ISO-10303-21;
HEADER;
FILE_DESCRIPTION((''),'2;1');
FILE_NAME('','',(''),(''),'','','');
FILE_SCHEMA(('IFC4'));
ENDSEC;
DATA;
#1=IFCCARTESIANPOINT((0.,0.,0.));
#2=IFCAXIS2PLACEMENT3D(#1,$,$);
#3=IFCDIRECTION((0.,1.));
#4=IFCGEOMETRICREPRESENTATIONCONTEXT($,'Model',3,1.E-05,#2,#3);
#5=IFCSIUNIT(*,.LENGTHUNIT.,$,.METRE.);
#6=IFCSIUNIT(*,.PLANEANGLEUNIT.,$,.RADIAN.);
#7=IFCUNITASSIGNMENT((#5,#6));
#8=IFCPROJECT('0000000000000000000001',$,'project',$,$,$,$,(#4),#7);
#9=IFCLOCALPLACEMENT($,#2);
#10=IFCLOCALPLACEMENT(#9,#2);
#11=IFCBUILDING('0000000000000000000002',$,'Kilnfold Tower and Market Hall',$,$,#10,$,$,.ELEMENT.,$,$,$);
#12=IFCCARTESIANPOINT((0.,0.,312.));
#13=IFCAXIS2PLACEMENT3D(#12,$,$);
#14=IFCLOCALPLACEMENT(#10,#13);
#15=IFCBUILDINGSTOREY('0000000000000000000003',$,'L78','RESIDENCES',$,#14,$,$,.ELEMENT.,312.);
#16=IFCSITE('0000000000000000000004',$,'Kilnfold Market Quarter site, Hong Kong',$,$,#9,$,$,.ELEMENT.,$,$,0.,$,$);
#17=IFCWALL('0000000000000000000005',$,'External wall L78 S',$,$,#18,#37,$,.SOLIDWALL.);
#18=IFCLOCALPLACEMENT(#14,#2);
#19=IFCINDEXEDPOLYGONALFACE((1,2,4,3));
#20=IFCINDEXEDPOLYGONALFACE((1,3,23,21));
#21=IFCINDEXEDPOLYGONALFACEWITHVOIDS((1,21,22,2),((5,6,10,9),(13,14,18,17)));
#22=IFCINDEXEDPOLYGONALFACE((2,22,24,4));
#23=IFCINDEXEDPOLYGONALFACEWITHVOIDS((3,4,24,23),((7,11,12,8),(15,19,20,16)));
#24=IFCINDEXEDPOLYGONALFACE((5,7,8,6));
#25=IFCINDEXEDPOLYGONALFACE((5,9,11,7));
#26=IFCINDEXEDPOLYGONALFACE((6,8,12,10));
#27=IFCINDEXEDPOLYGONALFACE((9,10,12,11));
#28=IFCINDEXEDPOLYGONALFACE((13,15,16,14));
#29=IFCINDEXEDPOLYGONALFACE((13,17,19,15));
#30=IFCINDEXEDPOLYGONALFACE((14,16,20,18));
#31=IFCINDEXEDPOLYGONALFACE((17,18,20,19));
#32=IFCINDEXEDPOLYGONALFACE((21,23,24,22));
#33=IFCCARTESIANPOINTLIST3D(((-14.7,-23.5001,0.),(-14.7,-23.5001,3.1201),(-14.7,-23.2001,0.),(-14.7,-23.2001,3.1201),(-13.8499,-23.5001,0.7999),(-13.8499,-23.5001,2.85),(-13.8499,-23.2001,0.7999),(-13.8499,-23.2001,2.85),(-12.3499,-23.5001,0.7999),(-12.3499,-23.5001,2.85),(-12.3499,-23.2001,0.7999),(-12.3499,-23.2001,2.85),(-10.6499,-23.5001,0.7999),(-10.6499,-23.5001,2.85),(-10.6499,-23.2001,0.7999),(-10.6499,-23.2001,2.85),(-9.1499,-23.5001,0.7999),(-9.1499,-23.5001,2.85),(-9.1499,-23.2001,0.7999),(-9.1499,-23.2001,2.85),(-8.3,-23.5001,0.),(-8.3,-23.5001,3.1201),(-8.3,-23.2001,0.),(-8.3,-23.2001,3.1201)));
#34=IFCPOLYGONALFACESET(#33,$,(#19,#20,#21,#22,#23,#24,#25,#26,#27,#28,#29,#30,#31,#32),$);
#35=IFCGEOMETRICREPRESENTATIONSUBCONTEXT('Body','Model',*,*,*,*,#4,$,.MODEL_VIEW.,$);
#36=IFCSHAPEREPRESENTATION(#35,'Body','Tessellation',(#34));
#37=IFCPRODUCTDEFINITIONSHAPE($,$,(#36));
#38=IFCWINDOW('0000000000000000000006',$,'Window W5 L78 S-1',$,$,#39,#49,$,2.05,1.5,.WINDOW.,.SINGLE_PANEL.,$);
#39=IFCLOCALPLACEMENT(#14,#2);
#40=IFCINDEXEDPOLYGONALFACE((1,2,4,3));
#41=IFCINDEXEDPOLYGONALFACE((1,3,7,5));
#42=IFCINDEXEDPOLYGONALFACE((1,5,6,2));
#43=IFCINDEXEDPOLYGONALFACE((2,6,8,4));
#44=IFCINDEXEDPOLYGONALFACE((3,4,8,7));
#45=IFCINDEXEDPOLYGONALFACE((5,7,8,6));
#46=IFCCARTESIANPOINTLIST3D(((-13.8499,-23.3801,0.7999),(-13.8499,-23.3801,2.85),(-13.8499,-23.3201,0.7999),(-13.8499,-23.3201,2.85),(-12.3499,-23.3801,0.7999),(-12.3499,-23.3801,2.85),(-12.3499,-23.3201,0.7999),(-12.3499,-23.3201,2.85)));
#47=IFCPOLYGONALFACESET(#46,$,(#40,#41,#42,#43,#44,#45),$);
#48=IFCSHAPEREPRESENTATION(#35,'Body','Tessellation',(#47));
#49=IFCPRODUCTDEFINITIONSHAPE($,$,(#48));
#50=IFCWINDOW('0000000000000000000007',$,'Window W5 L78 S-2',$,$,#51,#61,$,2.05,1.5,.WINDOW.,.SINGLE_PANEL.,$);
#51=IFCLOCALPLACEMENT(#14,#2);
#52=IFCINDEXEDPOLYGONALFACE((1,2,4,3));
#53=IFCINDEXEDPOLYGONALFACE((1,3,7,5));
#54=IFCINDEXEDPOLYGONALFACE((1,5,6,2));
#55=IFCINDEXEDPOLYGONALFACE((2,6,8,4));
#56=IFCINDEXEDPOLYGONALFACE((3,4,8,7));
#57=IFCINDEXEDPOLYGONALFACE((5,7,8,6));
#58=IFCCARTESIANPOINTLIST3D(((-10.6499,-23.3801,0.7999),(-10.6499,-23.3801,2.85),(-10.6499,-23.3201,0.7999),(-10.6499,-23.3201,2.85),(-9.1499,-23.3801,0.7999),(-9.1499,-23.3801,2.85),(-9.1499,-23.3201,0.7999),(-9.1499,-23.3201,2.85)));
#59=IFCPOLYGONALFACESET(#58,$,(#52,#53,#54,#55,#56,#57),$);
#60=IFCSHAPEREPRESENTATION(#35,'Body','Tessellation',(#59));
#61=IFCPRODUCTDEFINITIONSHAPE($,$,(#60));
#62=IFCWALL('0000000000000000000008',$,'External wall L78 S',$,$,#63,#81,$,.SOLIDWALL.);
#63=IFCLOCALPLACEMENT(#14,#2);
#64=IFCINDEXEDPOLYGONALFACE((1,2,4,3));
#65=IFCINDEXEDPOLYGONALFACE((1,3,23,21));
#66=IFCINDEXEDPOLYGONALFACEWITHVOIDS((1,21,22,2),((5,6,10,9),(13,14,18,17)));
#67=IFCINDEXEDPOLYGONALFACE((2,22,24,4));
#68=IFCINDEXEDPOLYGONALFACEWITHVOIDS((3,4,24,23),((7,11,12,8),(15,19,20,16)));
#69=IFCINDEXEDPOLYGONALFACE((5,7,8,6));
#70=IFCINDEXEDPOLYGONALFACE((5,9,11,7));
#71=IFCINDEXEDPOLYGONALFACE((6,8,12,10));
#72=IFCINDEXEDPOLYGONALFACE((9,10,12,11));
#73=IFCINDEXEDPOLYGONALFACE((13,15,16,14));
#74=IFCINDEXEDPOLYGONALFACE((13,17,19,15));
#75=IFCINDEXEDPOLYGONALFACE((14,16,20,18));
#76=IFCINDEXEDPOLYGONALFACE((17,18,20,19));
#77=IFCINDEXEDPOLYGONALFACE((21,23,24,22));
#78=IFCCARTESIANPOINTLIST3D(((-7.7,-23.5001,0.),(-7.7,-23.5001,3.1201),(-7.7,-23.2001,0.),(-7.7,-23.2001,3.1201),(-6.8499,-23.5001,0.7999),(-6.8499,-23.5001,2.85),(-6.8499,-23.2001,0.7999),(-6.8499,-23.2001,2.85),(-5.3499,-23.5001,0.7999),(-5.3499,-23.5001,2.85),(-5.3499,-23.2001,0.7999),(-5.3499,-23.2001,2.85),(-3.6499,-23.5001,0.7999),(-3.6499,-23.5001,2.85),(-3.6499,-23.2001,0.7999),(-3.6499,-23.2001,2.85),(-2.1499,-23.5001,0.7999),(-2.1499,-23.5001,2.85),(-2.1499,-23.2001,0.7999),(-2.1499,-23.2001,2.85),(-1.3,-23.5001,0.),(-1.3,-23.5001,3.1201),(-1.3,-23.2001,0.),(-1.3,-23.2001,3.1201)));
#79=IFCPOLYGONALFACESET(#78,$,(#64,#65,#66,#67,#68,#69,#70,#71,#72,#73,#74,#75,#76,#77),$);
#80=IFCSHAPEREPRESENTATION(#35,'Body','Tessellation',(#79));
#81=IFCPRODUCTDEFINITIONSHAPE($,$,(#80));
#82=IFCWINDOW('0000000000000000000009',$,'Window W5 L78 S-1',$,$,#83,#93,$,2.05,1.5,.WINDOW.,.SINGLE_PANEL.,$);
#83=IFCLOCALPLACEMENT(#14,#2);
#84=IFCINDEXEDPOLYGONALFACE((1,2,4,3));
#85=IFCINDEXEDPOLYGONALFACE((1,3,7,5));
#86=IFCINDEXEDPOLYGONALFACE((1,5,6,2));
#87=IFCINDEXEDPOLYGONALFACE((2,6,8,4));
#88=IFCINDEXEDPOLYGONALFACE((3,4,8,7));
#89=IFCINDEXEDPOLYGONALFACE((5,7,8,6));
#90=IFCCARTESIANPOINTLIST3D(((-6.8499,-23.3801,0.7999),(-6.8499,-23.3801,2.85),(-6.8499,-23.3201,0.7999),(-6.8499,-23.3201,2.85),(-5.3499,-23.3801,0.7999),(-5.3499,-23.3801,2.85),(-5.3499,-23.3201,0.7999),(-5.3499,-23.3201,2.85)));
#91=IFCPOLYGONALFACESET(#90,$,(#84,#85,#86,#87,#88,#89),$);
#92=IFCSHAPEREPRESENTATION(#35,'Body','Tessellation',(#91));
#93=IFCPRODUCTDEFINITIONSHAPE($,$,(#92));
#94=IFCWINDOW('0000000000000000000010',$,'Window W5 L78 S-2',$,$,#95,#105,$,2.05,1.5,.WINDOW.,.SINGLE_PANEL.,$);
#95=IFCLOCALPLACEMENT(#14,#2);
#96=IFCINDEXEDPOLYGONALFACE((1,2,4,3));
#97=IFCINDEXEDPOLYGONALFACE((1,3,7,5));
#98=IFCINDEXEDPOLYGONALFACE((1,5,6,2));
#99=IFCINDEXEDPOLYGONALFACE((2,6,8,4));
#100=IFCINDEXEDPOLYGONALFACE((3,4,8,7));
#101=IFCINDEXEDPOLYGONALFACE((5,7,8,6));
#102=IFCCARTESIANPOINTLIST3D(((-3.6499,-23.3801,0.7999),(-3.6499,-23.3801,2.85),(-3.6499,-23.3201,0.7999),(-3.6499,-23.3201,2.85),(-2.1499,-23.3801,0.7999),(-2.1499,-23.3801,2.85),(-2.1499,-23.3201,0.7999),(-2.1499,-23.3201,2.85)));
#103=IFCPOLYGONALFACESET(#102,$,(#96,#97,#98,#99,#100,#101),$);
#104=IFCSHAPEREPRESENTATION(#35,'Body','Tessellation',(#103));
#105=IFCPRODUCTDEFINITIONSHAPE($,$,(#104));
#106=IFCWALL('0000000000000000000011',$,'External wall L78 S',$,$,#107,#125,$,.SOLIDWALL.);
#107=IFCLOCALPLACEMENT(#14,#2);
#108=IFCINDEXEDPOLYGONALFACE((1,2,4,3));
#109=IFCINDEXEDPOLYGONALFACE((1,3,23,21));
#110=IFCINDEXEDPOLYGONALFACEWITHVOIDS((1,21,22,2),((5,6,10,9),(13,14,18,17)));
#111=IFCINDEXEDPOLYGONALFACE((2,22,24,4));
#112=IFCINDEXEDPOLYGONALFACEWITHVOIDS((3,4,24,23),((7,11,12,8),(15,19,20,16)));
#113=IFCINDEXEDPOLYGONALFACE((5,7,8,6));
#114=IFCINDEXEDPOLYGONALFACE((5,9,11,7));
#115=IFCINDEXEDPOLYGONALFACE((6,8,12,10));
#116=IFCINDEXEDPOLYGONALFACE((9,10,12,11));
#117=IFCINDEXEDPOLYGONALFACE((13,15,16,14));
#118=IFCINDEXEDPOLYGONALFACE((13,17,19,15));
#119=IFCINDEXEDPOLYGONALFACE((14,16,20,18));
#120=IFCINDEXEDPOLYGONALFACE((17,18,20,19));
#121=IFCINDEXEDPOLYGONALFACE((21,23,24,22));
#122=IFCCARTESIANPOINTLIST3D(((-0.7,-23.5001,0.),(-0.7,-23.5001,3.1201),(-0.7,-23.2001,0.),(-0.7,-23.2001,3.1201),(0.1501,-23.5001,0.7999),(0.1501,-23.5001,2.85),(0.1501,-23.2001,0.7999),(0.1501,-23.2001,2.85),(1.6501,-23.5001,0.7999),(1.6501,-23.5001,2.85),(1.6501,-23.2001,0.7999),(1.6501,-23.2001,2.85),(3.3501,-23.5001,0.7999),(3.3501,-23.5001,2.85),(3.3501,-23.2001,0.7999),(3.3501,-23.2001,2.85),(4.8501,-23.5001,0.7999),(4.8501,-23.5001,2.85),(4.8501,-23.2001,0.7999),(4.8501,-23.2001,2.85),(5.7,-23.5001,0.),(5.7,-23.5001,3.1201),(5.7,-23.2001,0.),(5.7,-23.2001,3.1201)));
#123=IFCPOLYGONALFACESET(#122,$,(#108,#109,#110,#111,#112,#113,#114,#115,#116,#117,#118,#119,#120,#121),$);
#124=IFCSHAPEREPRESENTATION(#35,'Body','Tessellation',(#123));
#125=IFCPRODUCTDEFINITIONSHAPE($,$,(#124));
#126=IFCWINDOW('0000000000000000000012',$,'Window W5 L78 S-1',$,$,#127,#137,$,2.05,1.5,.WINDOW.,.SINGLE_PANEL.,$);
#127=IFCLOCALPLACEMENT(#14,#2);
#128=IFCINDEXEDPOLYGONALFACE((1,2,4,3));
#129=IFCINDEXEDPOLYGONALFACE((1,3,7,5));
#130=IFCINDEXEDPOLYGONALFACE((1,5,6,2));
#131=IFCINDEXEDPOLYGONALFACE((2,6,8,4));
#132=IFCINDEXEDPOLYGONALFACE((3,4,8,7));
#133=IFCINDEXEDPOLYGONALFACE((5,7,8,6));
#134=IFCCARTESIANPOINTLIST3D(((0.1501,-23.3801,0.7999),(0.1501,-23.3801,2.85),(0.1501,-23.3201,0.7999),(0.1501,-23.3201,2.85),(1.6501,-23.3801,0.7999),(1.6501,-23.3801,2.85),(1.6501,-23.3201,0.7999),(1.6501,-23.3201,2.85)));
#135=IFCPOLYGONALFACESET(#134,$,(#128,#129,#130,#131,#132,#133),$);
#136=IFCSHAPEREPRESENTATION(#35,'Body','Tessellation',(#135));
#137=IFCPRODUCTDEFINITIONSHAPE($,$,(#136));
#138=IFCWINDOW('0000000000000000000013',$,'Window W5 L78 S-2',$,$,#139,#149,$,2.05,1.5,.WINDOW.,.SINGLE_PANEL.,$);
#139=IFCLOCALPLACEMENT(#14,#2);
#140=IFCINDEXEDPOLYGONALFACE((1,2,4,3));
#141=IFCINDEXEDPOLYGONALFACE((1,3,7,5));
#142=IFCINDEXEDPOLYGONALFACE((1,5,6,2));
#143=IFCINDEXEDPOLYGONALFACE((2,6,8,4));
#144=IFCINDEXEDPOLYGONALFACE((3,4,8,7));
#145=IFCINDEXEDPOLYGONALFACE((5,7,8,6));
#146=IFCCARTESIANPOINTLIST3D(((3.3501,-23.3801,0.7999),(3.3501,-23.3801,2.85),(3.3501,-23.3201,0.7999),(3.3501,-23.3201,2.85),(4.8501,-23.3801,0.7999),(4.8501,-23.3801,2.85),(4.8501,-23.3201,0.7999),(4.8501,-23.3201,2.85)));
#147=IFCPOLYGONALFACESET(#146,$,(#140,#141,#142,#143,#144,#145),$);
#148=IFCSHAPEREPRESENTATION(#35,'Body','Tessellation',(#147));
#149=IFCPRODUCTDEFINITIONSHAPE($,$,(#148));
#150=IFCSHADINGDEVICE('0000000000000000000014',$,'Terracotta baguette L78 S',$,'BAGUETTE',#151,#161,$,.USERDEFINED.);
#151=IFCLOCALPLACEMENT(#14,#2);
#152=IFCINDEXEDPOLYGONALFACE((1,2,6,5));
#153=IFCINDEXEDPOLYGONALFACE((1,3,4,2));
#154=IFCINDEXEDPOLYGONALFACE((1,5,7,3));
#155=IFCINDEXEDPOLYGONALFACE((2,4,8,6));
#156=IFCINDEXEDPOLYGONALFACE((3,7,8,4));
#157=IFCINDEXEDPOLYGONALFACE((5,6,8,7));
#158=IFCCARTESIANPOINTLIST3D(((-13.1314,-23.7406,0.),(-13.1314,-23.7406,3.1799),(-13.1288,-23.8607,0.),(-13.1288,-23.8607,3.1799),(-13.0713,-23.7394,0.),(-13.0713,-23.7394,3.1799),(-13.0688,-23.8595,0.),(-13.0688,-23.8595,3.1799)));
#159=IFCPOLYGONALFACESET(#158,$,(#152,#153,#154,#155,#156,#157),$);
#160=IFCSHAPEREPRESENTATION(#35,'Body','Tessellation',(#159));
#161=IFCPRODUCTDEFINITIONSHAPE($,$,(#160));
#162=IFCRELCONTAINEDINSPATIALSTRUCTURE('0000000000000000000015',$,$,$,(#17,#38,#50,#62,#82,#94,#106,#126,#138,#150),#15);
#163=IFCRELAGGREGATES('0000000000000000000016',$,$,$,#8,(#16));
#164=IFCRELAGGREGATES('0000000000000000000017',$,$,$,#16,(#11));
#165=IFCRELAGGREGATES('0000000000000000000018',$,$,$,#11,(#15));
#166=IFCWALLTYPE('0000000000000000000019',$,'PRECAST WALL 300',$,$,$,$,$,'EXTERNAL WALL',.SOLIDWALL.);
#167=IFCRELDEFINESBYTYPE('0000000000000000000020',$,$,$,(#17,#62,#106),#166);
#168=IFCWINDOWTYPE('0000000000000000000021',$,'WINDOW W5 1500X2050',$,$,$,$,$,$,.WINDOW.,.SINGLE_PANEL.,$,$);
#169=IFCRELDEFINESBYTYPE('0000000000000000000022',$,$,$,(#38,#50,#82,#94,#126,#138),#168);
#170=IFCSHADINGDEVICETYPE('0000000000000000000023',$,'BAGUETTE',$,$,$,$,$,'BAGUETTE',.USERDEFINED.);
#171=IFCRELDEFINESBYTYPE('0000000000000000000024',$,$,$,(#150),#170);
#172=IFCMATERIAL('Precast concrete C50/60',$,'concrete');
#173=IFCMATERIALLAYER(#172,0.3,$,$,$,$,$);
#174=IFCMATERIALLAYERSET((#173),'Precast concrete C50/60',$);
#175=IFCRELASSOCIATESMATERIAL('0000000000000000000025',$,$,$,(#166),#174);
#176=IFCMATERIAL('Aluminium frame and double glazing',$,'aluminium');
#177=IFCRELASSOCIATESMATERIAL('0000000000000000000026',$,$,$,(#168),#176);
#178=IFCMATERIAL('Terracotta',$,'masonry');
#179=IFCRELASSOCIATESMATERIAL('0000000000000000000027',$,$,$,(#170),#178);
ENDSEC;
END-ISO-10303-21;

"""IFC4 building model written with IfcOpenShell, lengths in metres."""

from ifc_helpers import new_model, si_unit, direction, frame, frame_2d, origin, origin_2d, place, context, subcontext, project, spatial, rectangle, extrude, source, transform, mapped, material, layer, layer_set, material_profile, profile_set, type_object, element, fill, save


model = new_model("IFC4")

# Units and contexts
model_context = context("Model", 3, precision=1e-05, world=origin(), true_north=direction((0.0, 1.0)))
body_context = subcontext(model_context, "Body", "Model", "MODEL_VIEW")
ifc_project = project(units=[si_unit("LENGTHUNIT", "METRE"), si_unit("PLANEANGLEUNIT", "RADIAN")], contexts=[model_context])

# Site, building, storey
site_placement = place(None, origin())
site = spatial("IfcSite", under=ifc_project, at=site_placement, Name="Kilnfold Market Quarter site, Hong Kong", CompositionType="ELEMENT", RefElevation=0.0)
building_placement = place(site_placement, origin())
building = spatial("IfcBuilding", under=site, at=building_placement, Name="Kilnfold Tower and Market Hall", CompositionType="ELEMENT")
storey_placement = place(building_placement, frame((0.0, 0.0, 312.0)))
storey = spatial("IfcBuildingStorey", under=building, at=storey_placement, Name="L78", Description="RESIDENCES", CompositionType="ELEMENT", Elevation=312.0)

# Walls, openings, windows
ifc_material_1 = material(Name="Precast concrete C50/60", Category="concrete")
ifc_layer_1 = layer(ifc_material_1, 0.3)
ifc_layer_set_1 = layer_set([ifc_layer_1], Name="Precast concrete C50/60")
wall_type_1 = type_object("IfcWallType", Name="PRECAST WALL 300", ElementType="EXTERNAL WALL", PredefinedType="SOLIDWALL", material=ifc_layer_set_1)
shared_shape_1 = source(origin(), body_context, "Body", "SweptSolid", [
    extrude(rectangle(XDim=6.3999, YDim=0.3, at=frame_2d((3.2, 0.0))), origin(), (0.0, 0.0, 1.0), 3.1201),
])
wall_1_placement = place(storey_placement, frame((-14.7, -23.3501, 0.0), z_axis=(0.0, 0.0, 1.0), x_axis=(1.0, 0.0, 0.0)))
wall_1 = element("IfcWall", 1, at=wall_1_placement, inside=storey, type_object=wall_type_1, Name="External wall L78 S", PredefinedType="SOLIDWALL", context=body_context, shape_type="MappedRepresentation", body=[
    mapped(shared_shape_1, transform((0.0, 0.0, 0.0))),
])
opening_1_placement = place(wall_1_placement, frame((0.8501, 0.0, 0.8)))
opening_1 = element("IfcOpeningElement", 2, at=opening_1_placement, cuts=wall_1, PredefinedType="OPENING", context=body_context, shape_type="SweptSolid", body=[
    extrude(rectangle(XDim=1.5, YDim=2.05, at=frame_2d((0.75, 1.0249))), frame((0.0, 0.1602, 0.0), z_axis=(0.0, -1.0, 0.0), x_axis=(1.0, 0.0, 0.0)), (0.0, 0.0, 1.0), 0.3201),
])
opening_2_placement = place(wall_1_placement, frame((4.05, 0.0, 0.8)))
opening_2 = element("IfcOpeningElement", 3, at=opening_2_placement, cuts=wall_1, PredefinedType="OPENING", context=body_context, shape_type="SweptSolid", body=[
    extrude(rectangle(XDim=1.5, YDim=2.05, at=frame_2d((0.75, 1.0249))), frame((0.0, 0.1602, 0.0), z_axis=(0.0, -1.0, 0.0), x_axis=(1.0, 0.0, 0.0)), (0.0, 0.0, 1.0), 0.3201),
])
ifc_material_2 = material(Name="Aluminium frame and double glazing", Category="aluminium")
window_type = type_object("IfcWindowType", Name="WINDOW W5 1500X2050", PartitioningType="SINGLE_PANEL", PredefinedType="WINDOW", material=ifc_material_2)
window_1_placement = place(opening_1_placement, origin())
window_1 = element("IfcWindow", 4, at=window_1_placement, inside=storey, type_object=window_type, Name="Window W5 L78 S-1", OverallHeight=2.05, OverallWidth=1.5, PartitioningType="SINGLE_PANEL", PredefinedType="WINDOW", context=body_context, shape_type="SweptSolid", body=[
    extrude(rectangle(XDim=1.5, YDim=2.05, at=frame_2d((0.75, 1.0249))), frame((0.0, 0.03, 0.0), z_axis=(0.0, -1.0, 0.0), x_axis=(1.0, 0.0, 0.0)), (0.0, 0.0, 1.0), 0.0601),
])
fill(opening_1, window_1)
window_2_placement = place(opening_2_placement, origin())
window_2 = element("IfcWindow", 5, at=window_2_placement, inside=storey, type_object=window_type, Name="Window W5 L78 S-2", OverallHeight=2.05, OverallWidth=1.5, PartitioningType="SINGLE_PANEL", PredefinedType="WINDOW", context=body_context, shape_type="SweptSolid", body=[
    extrude(rectangle(XDim=1.5, YDim=2.05, at=frame_2d((0.75, 1.0249))), frame((0.0, 0.03, 0.0), z_axis=(0.0, -1.0, 0.0), x_axis=(1.0, 0.0, 0.0)), (0.0, 0.0, 1.0), 0.0601),
])
fill(opening_2, window_2)
wall_2_placement = place(storey_placement, frame((-7.7, -23.3501, 0.0), z_axis=(0.0, 0.0, 1.0), x_axis=(1.0, 0.0, 0.0)))
wall_2 = element("IfcWall", 6, at=wall_2_placement, inside=storey, type_object=wall_type_1, Name="External wall L78 S", PredefinedType="SOLIDWALL", context=body_context, shape_type="MappedRepresentation", body=[
    mapped(shared_shape_1, transform((0.0, 0.0, 0.0))),
])
opening_3_placement = place(wall_2_placement, frame((0.8501, 0.0, 0.8)))
opening_3 = element("IfcOpeningElement", 7, at=opening_3_placement, cuts=wall_2, PredefinedType="OPENING", context=body_context, shape_type="SweptSolid", body=[
    extrude(rectangle(XDim=1.5, YDim=2.05, at=frame_2d((0.75, 1.0249))), frame((0.0, 0.1602, 0.0), z_axis=(0.0, -1.0, 0.0), x_axis=(1.0, 0.0, 0.0)), (0.0, 0.0, 1.0), 0.3201),
])
opening_4_placement = place(wall_2_placement, frame((4.05, 0.0, 0.8)))
opening_4 = element("IfcOpeningElement", 8, at=opening_4_placement, cuts=wall_2, PredefinedType="OPENING", context=body_context, shape_type="SweptSolid", body=[
    extrude(rectangle(XDim=1.5, YDim=2.05, at=frame_2d((0.75, 1.0249))), frame((0.0, 0.1602, 0.0), z_axis=(0.0, -1.0, 0.0), x_axis=(1.0, 0.0, 0.0)), (0.0, 0.0, 1.0), 0.3201),
])
window_3_placement = place(opening_3_placement, origin())
window_3 = element("IfcWindow", 9, at=window_3_placement, inside=storey, type_object=window_type, Name="Window W5 L78 S-1", OverallHeight=2.05, OverallWidth=1.5, PartitioningType="SINGLE_PANEL", PredefinedType="WINDOW", context=body_context, shape_type="SweptSolid", body=[
    extrude(rectangle(XDim=1.5, YDim=2.05, at=frame_2d((0.75, 1.0249))), frame((0.0, 0.03, 0.0), z_axis=(0.0, -1.0, 0.0), x_axis=(1.0, 0.0, 0.0)), (0.0, 0.0, 1.0), 0.0601),
])
fill(opening_3, window_3)
window_4_placement = place(opening_4_placement, origin())
window_4 = element("IfcWindow", 10, at=window_4_placement, inside=storey, type_object=window_type, Name="Window W5 L78 S-2", OverallHeight=2.05, OverallWidth=1.5, PartitioningType="SINGLE_PANEL", PredefinedType="WINDOW", context=body_context, shape_type="SweptSolid", body=[
    extrude(rectangle(XDim=1.5, YDim=2.05, at=frame_2d((0.75, 1.0249))), frame((0.0, 0.03, 0.0), z_axis=(0.0, -1.0, 0.0), x_axis=(1.0, 0.0, 0.0)), (0.0, 0.0, 1.0), 0.0601),
])
fill(opening_4, window_4)
wall_3_placement = place(storey_placement, frame((-0.7, -23.3501, 0.0), z_axis=(0.0, 0.0, 1.0), x_axis=(1.0, 0.0, 0.0)))
wall_3 = element("IfcWall", 11, at=wall_3_placement, inside=storey, type_object=wall_type_1, Name="External wall L78 S", PredefinedType="SOLIDWALL", context=body_context, shape_type="MappedRepresentation", body=[
    mapped(shared_shape_1, transform((0.0, 0.0, 0.0))),
])
opening_5_placement = place(wall_3_placement, frame((0.8501, 0.0, 0.8)))
opening_5 = element("IfcOpeningElement", 12, at=opening_5_placement, cuts=wall_3, PredefinedType="OPENING", context=body_context, shape_type="SweptSolid", body=[
    extrude(rectangle(XDim=1.5, YDim=2.05, at=frame_2d((0.75, 1.0249))), frame((0.0, 0.1602, 0.0), z_axis=(0.0, -1.0, 0.0), x_axis=(1.0, 0.0, 0.0)), (0.0, 0.0, 1.0), 0.3201),
])
opening_6_placement = place(wall_3_placement, frame((4.05, 0.0, 0.8)))
opening_6 = element("IfcOpeningElement", 13, at=opening_6_placement, cuts=wall_3, PredefinedType="OPENING", context=body_context, shape_type="SweptSolid", body=[
    extrude(rectangle(XDim=1.5, YDim=2.05, at=frame_2d((0.75, 1.0249))), frame((0.0, 0.1602, 0.0), z_axis=(0.0, -1.0, 0.0), x_axis=(1.0, 0.0, 0.0)), (0.0, 0.0, 1.0), 0.3201),
])
window_5_placement = place(opening_5_placement, origin())
window_5 = element("IfcWindow", 14, at=window_5_placement, inside=storey, type_object=window_type, Name="Window W5 L78 S-1", OverallHeight=2.05, OverallWidth=1.5, PartitioningType="SINGLE_PANEL", PredefinedType="WINDOW", context=body_context, shape_type="SweptSolid", body=[
    extrude(rectangle(XDim=1.5, YDim=2.05, at=frame_2d((0.75, 1.0249))), frame((0.0, 0.03, 0.0), z_axis=(0.0, -1.0, 0.0), x_axis=(1.0, 0.0, 0.0)), (0.0, 0.0, 1.0), 0.0601),
])
fill(opening_5, window_5)
window_6_placement = place(opening_6_placement, origin())
window_6 = element("IfcWindow", 15, at=window_6_placement, inside=storey, type_object=window_type, Name="Window W5 L78 S-2", OverallHeight=2.05, OverallWidth=1.5, PartitioningType="SINGLE_PANEL", PredefinedType="WINDOW", context=body_context, shape_type="SweptSolid", body=[
    extrude(rectangle(XDim=1.5, YDim=2.05, at=frame_2d((0.75, 1.0249))), frame((0.0, 0.03, 0.0), z_axis=(0.0, -1.0, 0.0), x_axis=(1.0, 0.0, 0.0)), (0.0, 0.0, 1.0), 0.0601),
])
fill(opening_6, window_6)

# Shading device
ifc_material_3 = material(Name="Terracotta", Category="masonry")
ifc_material_profile_1 = material_profile(ifc_material_3, rectangle(XDim=0.0601, YDim=0.1201, at=origin_2d()), Name="BAG 60x120")
ifc_profile_set_1 = profile_set([ifc_material_profile_1], Name="Terracotta")
shading_device_type = type_object("IfcShadingDeviceType", Name="BAGUETTE", ElementType="BAGUETTE", PredefinedType="USERDEFINED", material=ifc_profile_set_1)
shared_shape_2 = source(origin(), body_context, "Body", "SweptSolid", [
    extrude(rectangle(XDim=0.0601, YDim=0.1201, at=origin_2d()), origin(), (0.0, 0.0, 1.0), 3.1799),
])
for number, where, z_axis, x_axis, name in (
    (16, (-13.1001, -23.8, 0.0), (0.0, 0.0, 1.0), (0.999775, 0.021222, 0.0), "Terracotta baguette L78 S"),
):
    element("IfcShadingDevice", number, at=place(storey_placement, frame(where, z_axis=z_axis, x_axis=x_axis)), inside=storey, type_object=shading_device_type, Name=name, ObjectType="BAGUETTE", PredefinedType="USERDEFINED", context=body_context, shape_type="MappedRepresentation", body=[
        mapped(shared_shape_2, transform((0.0, 0.0, 0.0))),
    ])

save(model, "model.ifc")
